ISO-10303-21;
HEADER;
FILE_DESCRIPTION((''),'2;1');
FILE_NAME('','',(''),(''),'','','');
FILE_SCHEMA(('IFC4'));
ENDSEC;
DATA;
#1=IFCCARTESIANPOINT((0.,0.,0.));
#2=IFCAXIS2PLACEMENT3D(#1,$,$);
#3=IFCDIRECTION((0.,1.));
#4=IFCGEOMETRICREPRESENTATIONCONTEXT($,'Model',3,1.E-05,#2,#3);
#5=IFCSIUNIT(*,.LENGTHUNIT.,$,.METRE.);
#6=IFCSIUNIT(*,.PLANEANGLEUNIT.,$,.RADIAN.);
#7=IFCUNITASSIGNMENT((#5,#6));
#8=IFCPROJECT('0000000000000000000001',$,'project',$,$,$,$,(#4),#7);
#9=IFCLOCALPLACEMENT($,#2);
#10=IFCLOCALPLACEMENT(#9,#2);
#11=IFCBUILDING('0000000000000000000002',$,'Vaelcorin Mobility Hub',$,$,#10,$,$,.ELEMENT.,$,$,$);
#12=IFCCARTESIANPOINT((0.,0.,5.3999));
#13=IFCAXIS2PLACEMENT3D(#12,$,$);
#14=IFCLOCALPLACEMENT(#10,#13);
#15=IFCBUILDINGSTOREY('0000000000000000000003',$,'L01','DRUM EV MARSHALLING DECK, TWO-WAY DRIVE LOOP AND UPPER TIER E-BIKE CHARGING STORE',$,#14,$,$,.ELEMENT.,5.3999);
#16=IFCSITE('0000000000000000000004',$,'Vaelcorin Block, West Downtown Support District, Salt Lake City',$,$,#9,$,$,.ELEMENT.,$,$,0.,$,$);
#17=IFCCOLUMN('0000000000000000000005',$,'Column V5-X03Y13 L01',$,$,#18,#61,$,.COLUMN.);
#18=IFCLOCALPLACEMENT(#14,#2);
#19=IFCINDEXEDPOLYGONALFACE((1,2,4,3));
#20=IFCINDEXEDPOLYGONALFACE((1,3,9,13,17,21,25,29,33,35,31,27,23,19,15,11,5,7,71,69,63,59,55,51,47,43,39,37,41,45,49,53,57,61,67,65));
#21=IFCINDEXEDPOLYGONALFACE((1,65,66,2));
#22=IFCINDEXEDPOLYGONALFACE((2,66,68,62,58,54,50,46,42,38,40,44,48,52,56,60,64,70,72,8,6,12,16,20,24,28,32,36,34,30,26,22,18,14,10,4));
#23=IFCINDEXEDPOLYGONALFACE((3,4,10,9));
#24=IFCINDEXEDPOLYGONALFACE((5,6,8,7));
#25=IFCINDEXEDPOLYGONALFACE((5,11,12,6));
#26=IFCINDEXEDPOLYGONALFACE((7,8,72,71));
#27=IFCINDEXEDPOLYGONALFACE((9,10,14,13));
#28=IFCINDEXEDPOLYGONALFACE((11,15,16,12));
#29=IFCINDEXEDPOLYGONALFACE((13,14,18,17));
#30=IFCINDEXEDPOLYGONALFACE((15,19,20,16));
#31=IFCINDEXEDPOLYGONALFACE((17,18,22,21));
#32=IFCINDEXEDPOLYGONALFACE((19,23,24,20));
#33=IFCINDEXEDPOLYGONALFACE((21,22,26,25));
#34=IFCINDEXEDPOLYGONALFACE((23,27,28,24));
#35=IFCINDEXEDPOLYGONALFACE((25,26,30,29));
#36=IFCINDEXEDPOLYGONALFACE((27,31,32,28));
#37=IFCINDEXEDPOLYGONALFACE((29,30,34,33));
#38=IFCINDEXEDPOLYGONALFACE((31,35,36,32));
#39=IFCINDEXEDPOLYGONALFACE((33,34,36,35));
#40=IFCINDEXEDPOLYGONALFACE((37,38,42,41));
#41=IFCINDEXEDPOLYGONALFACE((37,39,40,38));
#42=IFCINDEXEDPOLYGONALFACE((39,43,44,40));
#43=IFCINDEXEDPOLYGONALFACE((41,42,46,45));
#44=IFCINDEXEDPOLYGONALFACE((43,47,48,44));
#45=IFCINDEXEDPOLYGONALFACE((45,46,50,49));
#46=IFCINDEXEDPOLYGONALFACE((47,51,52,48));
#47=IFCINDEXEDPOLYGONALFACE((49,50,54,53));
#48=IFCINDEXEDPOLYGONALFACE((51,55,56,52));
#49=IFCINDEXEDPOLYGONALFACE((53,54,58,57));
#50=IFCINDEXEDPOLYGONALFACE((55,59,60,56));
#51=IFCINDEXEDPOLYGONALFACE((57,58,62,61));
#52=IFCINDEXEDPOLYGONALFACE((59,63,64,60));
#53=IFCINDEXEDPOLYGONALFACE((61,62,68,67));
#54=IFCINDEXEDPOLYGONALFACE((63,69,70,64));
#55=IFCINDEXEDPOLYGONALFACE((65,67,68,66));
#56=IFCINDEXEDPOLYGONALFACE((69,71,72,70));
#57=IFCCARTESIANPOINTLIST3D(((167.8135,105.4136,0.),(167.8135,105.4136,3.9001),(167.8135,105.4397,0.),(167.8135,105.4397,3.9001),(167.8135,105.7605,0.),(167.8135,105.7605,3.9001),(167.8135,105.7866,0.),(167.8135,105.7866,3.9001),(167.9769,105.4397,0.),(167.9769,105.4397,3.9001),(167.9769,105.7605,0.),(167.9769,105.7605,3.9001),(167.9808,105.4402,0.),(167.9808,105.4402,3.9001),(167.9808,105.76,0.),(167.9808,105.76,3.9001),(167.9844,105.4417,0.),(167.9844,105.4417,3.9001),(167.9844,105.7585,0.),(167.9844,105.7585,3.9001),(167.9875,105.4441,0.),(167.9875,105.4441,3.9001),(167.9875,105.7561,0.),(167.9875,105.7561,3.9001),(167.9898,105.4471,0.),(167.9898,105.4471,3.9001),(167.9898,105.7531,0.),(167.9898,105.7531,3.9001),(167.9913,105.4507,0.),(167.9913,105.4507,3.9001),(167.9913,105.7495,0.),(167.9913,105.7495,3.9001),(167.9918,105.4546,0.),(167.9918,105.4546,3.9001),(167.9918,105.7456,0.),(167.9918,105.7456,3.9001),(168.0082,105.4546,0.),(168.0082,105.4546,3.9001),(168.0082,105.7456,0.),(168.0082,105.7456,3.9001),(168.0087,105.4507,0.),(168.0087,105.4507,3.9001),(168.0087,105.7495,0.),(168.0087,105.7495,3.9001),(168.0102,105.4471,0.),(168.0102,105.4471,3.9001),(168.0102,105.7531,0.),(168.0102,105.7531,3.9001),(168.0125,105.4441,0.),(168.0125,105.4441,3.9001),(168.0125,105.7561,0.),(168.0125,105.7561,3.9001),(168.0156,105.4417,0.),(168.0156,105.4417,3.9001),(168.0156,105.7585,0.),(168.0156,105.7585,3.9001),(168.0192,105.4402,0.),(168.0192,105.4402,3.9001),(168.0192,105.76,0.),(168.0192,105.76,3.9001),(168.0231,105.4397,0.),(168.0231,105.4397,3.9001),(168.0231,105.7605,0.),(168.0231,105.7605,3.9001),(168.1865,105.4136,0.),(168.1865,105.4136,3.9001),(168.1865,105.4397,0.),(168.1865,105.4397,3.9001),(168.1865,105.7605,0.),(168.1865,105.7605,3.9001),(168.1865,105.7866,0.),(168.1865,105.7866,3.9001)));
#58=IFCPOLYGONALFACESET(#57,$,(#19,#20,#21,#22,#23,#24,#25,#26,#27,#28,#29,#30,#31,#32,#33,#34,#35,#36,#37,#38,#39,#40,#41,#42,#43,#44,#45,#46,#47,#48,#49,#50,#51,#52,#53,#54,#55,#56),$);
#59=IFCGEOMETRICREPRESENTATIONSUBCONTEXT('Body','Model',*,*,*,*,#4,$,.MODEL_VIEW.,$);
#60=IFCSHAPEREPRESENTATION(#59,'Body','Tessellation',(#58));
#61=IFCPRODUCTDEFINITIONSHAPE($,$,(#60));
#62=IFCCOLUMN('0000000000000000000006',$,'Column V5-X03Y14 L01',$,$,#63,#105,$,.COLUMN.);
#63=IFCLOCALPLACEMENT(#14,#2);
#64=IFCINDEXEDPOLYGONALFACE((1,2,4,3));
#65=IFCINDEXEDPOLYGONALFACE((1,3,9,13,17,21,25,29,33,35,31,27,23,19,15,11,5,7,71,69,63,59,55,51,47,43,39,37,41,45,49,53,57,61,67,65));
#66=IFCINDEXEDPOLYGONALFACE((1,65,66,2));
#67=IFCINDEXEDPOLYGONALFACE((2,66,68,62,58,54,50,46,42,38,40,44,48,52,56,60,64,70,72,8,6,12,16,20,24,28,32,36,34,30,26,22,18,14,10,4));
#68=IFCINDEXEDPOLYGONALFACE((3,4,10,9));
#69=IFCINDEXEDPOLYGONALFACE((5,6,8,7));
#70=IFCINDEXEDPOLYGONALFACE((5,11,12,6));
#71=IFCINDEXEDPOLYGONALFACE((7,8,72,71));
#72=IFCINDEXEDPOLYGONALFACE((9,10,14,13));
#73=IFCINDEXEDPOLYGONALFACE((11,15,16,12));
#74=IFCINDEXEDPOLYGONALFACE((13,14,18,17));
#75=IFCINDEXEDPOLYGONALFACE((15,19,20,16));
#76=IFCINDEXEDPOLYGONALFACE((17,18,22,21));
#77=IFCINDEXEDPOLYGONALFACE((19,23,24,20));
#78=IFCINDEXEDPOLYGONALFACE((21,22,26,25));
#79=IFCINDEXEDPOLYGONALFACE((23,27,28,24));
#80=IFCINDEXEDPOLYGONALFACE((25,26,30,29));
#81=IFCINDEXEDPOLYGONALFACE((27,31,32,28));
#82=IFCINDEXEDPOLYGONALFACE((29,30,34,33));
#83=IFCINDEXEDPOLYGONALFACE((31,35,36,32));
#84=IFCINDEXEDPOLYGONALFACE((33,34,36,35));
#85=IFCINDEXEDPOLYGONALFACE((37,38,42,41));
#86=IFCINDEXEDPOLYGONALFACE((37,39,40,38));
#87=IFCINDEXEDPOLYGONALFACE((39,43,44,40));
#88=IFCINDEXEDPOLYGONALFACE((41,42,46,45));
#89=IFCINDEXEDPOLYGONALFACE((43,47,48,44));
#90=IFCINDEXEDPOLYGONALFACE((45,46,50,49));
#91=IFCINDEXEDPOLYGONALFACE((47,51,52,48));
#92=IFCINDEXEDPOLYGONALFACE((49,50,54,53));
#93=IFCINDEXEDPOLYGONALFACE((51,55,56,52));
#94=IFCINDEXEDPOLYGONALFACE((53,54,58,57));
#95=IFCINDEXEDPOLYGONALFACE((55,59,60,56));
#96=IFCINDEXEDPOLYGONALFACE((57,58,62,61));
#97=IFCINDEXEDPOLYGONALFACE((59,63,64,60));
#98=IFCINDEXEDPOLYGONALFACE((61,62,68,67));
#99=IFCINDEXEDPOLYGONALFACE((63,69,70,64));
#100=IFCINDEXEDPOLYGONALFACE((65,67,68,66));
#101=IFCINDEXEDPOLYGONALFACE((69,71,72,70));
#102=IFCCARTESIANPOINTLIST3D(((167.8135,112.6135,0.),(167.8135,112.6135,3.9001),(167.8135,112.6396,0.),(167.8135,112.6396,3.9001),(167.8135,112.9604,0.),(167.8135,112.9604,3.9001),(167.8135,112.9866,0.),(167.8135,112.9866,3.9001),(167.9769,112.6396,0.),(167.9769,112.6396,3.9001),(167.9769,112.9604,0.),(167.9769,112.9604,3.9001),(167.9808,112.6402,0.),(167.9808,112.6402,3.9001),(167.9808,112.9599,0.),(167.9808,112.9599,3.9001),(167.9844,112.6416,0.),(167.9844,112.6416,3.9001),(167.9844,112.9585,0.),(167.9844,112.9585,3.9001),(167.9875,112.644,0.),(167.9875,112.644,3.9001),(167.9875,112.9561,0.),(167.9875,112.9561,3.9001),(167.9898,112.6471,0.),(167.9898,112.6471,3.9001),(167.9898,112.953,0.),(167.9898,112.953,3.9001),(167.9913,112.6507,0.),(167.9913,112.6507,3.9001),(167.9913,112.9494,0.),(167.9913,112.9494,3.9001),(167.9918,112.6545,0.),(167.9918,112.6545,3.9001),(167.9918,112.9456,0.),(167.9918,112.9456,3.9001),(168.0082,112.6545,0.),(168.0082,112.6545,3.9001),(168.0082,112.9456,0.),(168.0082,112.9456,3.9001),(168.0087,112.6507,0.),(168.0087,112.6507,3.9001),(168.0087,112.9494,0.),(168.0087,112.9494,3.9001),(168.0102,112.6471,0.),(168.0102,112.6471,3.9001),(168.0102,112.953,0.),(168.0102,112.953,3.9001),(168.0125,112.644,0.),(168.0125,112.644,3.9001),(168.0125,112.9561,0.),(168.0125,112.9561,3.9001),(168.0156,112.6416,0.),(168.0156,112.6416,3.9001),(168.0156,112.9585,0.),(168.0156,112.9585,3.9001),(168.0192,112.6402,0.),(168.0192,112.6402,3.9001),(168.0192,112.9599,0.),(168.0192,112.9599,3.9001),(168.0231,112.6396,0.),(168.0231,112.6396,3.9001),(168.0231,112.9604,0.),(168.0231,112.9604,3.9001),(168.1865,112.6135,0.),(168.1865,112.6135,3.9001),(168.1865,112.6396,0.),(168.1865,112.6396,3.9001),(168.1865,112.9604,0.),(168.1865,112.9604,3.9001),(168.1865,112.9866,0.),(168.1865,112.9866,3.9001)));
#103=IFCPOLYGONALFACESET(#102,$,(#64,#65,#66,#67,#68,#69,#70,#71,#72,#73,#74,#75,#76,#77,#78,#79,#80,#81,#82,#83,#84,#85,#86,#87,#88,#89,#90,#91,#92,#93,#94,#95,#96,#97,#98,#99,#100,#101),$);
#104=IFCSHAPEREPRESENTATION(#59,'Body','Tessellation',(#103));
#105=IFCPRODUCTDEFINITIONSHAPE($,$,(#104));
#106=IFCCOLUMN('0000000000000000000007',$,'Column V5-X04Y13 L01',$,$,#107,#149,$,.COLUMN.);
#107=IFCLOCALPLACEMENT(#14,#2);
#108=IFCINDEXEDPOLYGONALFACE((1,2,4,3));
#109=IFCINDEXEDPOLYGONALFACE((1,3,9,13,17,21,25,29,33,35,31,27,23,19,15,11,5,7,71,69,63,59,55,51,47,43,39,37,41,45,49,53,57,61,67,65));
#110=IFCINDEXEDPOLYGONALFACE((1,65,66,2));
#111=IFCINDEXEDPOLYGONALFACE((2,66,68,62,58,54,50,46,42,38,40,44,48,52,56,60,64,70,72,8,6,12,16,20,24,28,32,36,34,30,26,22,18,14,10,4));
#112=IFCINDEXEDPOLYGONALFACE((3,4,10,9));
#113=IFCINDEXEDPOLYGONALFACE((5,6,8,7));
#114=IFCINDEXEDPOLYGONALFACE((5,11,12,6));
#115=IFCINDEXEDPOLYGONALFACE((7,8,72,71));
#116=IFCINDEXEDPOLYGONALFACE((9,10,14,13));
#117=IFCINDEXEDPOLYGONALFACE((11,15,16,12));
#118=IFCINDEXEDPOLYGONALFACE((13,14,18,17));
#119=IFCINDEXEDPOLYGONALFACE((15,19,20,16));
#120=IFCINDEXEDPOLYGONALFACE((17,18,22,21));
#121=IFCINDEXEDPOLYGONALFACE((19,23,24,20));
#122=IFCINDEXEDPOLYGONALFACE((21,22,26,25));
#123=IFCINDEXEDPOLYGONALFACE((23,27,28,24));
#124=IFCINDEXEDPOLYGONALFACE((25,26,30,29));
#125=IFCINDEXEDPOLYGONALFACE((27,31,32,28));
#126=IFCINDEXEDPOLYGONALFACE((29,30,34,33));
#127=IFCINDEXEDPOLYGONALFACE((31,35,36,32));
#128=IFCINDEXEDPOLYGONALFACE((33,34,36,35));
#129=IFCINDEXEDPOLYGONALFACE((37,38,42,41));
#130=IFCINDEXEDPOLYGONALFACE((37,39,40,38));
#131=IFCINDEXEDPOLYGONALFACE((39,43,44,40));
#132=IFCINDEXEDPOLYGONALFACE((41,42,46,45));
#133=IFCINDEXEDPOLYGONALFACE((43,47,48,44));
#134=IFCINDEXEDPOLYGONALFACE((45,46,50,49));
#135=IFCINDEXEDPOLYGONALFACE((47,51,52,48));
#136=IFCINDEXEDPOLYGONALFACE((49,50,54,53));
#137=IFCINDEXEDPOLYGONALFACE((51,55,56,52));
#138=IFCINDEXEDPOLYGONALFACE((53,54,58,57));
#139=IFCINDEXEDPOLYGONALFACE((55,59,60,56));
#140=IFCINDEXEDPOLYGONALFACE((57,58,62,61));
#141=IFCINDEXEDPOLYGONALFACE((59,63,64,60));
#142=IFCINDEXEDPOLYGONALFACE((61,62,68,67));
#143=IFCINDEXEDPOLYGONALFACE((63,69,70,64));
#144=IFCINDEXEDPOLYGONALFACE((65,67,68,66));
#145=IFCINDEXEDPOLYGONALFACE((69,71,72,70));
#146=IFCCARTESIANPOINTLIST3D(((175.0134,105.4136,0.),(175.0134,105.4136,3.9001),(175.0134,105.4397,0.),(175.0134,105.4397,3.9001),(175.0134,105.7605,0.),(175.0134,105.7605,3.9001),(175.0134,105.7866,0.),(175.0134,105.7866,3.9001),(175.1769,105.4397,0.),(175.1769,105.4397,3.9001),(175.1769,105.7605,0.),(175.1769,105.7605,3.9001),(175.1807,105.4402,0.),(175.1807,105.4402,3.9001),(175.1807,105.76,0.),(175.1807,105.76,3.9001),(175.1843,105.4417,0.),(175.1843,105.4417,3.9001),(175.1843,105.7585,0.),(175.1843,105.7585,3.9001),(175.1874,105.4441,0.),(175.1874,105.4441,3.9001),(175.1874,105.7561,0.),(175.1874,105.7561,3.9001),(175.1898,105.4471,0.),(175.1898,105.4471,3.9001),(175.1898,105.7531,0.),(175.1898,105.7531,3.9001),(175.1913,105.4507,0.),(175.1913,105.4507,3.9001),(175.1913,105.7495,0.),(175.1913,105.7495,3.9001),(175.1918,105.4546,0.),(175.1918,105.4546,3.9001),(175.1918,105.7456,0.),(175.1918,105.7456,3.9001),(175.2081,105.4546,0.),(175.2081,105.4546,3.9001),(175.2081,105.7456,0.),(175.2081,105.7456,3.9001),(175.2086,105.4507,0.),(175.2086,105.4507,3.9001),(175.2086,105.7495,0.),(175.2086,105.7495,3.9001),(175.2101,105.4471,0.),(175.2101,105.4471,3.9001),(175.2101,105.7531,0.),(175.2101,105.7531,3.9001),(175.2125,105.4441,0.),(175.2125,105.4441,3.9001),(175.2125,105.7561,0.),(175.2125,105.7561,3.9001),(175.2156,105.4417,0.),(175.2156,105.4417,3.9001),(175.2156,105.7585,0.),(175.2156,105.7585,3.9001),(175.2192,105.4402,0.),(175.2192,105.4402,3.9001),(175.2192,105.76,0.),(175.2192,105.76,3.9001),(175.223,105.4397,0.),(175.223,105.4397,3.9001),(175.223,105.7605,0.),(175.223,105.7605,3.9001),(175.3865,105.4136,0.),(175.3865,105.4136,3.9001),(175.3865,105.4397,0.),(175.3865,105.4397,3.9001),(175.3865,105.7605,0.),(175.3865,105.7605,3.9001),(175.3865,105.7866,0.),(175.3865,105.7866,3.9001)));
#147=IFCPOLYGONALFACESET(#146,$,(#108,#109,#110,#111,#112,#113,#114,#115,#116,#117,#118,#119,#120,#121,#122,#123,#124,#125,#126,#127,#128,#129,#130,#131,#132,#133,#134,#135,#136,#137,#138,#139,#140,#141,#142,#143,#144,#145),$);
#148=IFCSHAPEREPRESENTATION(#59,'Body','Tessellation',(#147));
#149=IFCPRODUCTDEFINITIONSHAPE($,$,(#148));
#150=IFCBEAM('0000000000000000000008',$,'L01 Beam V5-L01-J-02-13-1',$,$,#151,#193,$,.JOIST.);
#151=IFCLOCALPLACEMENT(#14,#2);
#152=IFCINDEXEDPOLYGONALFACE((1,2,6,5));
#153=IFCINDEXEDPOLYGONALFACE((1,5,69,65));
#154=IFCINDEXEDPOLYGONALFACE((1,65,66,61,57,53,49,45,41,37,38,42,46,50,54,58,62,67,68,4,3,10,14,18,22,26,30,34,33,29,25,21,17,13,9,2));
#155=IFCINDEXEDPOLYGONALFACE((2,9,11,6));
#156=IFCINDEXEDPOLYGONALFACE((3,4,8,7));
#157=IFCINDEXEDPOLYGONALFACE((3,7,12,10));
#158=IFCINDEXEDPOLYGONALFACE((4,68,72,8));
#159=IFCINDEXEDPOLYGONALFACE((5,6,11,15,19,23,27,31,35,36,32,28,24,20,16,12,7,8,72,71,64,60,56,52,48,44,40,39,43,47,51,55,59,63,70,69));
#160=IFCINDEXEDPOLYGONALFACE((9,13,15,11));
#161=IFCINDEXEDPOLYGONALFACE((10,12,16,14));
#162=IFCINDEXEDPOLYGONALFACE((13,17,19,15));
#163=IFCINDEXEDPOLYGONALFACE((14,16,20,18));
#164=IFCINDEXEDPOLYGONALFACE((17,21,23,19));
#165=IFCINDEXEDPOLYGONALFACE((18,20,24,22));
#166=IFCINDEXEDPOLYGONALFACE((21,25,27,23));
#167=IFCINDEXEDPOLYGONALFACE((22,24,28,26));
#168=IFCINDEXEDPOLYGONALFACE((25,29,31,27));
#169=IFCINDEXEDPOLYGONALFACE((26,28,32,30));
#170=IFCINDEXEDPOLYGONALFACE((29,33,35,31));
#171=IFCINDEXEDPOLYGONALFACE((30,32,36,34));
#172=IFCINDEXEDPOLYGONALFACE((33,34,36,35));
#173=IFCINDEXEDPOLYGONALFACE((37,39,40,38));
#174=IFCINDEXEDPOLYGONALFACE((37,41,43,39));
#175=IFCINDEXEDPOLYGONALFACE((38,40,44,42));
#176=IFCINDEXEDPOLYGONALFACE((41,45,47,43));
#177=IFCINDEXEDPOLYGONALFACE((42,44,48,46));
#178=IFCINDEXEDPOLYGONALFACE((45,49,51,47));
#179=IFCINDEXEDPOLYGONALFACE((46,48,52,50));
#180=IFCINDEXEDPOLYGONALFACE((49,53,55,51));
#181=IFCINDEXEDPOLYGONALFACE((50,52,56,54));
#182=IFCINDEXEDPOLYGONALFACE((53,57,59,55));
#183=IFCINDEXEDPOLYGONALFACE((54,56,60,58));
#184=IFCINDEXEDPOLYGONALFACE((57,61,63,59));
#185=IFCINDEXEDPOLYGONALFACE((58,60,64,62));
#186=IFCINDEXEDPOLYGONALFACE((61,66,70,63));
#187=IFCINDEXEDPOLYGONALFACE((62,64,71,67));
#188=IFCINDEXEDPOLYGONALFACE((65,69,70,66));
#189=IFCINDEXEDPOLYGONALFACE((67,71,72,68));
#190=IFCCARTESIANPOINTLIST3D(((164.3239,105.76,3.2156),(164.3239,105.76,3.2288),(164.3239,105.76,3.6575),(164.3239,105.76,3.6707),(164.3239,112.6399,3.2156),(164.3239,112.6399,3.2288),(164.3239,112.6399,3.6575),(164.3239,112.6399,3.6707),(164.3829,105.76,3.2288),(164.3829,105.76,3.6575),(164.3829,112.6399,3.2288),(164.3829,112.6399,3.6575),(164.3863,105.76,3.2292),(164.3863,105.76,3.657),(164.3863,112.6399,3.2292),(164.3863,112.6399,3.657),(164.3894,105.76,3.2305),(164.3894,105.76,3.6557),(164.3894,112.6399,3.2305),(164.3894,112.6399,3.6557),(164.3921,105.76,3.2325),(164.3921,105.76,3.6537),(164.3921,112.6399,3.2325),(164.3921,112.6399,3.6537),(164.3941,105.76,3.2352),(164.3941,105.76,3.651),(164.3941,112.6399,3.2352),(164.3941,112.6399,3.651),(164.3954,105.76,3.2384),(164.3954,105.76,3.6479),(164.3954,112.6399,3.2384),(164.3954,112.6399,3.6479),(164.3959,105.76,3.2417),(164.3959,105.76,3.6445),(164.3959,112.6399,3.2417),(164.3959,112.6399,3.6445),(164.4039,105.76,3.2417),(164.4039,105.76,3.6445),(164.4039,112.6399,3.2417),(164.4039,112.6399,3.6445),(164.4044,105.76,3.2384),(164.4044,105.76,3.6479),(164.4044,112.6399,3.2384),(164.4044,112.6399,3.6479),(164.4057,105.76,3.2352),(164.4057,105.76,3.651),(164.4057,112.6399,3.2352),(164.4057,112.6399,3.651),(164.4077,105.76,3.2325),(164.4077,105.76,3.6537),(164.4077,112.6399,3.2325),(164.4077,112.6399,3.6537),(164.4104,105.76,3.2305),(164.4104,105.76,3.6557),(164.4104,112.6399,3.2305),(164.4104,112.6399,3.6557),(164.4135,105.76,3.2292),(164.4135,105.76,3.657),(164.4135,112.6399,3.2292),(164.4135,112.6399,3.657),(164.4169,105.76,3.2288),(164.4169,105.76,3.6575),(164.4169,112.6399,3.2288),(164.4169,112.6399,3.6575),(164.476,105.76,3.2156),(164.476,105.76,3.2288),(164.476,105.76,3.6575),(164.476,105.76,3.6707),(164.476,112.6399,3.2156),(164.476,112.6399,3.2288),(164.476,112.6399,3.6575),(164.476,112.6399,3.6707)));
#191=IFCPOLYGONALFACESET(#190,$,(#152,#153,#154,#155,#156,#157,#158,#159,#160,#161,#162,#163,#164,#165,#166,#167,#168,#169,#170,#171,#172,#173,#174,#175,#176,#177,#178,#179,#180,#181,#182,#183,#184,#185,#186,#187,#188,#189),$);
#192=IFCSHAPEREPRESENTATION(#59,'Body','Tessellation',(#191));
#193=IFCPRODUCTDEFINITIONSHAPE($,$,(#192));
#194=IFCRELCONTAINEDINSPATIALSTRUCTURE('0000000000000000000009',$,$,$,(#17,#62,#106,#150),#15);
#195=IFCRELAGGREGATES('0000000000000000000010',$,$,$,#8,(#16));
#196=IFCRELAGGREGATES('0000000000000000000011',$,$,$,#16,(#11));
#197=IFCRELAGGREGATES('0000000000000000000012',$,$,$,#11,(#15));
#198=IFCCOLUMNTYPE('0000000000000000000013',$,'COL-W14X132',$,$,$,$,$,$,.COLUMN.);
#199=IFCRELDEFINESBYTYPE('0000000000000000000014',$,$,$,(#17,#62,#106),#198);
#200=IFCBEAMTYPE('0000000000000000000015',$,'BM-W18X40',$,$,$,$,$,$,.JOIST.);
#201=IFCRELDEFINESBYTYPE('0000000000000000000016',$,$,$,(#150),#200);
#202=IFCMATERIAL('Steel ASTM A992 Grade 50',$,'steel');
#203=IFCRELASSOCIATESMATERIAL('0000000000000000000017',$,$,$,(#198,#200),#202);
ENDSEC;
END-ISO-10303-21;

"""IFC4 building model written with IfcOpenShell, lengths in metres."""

from ifc_helpers import new_model, si_unit, direction, frame, origin, origin_2d, place, context, subcontext, project, spatial, i_section, extrude, material, material_profile, profile_set, type_object, element, save


model = new_model("IFC4")

# Units and contexts
model_context = context("Model", 3, precision=1e-05, world=origin(), true_north=direction((0.0, 1.0)))
body_context = subcontext(model_context, "Body", "Model", "MODEL_VIEW")
ifc_project = project(units=[si_unit("LENGTHUNIT", "METRE"), si_unit("PLANEANGLEUNIT", "RADIAN")], contexts=[model_context])

# Site, building, storey
site_placement = place(None, origin())
site = spatial("IfcSite", under=ifc_project, at=site_placement, Name="Vaelcorin Block, West Downtown Support District, Salt Lake City", CompositionType="ELEMENT", RefElevation=0.0)
building_placement = place(site_placement, origin())
building = spatial("IfcBuilding", under=site, at=building_placement, Name="Vaelcorin Mobility Hub", CompositionType="ELEMENT")
storey_placement = place(building_placement, frame((0.0, 0.0, 5.3999)))
storey = spatial("IfcBuildingStorey", under=building, at=storey_placement, Name="L01", Description="DRUM EV MARSHALLING DECK, TWO-WAY DRIVE LOOP AND UPPER TIER E-BIKE CHARGING STORE", CompositionType="ELEMENT", Elevation=5.3999)

# Columns
ifc_material_1 = material(Name="Steel ASTM A992 Grade 50", Category="steel")
ifc_material_profile_1 = material_profile(ifc_material_1, i_section(OverallWidth=0.373, OverallDepth=0.373, WebThickness=0.0164, FlangeThickness=0.0261, FilletRadius=0.0149, at=origin_2d()), Name="W14X132")
ifc_profile_set_1 = profile_set([ifc_material_profile_1], Name="Steel ASTM A992 Grade 50")
column_type = type_object("IfcColumnType", Name="COL-W14X132", PredefinedType="COLUMN", material=ifc_profile_set_1)
for number, where, z_axis, x_axis, name in (
    (1, (168.0, 105.6001, 0.0), (0.0, 0.0, 1.0), (1.0, 0.0, 0.0), "Column V5-X03Y13 L01"),
    (2, (168.0, 112.8, 0.0), (0.0, 0.0, 1.0), (1.0, 0.0, 0.0), "Column V5-X03Y14 L01"),
    (3, (175.2, 105.6001, 0.0), (0.0, 0.0, 1.0), (1.0, 0.0, 0.0), "Column V5-X04Y13 L01"),
):
    element("IfcColumn", number, at=place(storey_placement, frame(where, z_axis=z_axis, x_axis=x_axis)), inside=storey, type_object=column_type, Name=name, PredefinedType="COLUMN", context=body_context, shape_type="SweptSolid", body=[
        extrude(i_section(OverallWidth=0.373, OverallDepth=0.373, WebThickness=0.0164, FlangeThickness=0.0261, FilletRadius=0.0149, at=origin_2d()), origin(), (0.0, 0.0, 1.0), 3.9001),
    ])

# Beam
ifc_material_profile_2 = material_profile(ifc_material_1, i_section(OverallWidth=0.1521, OverallDepth=0.4551, WebThickness=0.0081, FlangeThickness=0.0132, FilletRadius=0.0129, at=origin_2d()), Name="W18X40")
ifc_profile_set_2 = profile_set([ifc_material_profile_2], Name="Steel ASTM A992 Grade 50")
beam_type_1 = type_object("IfcBeamType", Name="BM-W18X40", PredefinedType="JOIST", material=ifc_profile_set_2)
for number, where, z_axis, x_axis, name in (
    (4, (164.3999, 105.76, 3.4431), (0.0, 1.0, 0.0), (-1.0, 0.0, 0.0), "L01 Beam V5-L01-J-02-13-1"),
):
    element("IfcBeam", number, at=place(storey_placement, frame(where, z_axis=z_axis, x_axis=x_axis)), inside=storey, type_object=beam_type_1, Name=name, PredefinedType="JOIST", context=body_context, shape_type="SweptSolid", body=[
        extrude(i_section(OverallWidth=0.1521, OverallDepth=0.4551, WebThickness=0.0081, FlangeThickness=0.0132, FilletRadius=0.0129, at=origin_2d()), origin(), (0.0, 0.0, 1.0), 6.8799),
    ])

save(model, "model.ifc")
